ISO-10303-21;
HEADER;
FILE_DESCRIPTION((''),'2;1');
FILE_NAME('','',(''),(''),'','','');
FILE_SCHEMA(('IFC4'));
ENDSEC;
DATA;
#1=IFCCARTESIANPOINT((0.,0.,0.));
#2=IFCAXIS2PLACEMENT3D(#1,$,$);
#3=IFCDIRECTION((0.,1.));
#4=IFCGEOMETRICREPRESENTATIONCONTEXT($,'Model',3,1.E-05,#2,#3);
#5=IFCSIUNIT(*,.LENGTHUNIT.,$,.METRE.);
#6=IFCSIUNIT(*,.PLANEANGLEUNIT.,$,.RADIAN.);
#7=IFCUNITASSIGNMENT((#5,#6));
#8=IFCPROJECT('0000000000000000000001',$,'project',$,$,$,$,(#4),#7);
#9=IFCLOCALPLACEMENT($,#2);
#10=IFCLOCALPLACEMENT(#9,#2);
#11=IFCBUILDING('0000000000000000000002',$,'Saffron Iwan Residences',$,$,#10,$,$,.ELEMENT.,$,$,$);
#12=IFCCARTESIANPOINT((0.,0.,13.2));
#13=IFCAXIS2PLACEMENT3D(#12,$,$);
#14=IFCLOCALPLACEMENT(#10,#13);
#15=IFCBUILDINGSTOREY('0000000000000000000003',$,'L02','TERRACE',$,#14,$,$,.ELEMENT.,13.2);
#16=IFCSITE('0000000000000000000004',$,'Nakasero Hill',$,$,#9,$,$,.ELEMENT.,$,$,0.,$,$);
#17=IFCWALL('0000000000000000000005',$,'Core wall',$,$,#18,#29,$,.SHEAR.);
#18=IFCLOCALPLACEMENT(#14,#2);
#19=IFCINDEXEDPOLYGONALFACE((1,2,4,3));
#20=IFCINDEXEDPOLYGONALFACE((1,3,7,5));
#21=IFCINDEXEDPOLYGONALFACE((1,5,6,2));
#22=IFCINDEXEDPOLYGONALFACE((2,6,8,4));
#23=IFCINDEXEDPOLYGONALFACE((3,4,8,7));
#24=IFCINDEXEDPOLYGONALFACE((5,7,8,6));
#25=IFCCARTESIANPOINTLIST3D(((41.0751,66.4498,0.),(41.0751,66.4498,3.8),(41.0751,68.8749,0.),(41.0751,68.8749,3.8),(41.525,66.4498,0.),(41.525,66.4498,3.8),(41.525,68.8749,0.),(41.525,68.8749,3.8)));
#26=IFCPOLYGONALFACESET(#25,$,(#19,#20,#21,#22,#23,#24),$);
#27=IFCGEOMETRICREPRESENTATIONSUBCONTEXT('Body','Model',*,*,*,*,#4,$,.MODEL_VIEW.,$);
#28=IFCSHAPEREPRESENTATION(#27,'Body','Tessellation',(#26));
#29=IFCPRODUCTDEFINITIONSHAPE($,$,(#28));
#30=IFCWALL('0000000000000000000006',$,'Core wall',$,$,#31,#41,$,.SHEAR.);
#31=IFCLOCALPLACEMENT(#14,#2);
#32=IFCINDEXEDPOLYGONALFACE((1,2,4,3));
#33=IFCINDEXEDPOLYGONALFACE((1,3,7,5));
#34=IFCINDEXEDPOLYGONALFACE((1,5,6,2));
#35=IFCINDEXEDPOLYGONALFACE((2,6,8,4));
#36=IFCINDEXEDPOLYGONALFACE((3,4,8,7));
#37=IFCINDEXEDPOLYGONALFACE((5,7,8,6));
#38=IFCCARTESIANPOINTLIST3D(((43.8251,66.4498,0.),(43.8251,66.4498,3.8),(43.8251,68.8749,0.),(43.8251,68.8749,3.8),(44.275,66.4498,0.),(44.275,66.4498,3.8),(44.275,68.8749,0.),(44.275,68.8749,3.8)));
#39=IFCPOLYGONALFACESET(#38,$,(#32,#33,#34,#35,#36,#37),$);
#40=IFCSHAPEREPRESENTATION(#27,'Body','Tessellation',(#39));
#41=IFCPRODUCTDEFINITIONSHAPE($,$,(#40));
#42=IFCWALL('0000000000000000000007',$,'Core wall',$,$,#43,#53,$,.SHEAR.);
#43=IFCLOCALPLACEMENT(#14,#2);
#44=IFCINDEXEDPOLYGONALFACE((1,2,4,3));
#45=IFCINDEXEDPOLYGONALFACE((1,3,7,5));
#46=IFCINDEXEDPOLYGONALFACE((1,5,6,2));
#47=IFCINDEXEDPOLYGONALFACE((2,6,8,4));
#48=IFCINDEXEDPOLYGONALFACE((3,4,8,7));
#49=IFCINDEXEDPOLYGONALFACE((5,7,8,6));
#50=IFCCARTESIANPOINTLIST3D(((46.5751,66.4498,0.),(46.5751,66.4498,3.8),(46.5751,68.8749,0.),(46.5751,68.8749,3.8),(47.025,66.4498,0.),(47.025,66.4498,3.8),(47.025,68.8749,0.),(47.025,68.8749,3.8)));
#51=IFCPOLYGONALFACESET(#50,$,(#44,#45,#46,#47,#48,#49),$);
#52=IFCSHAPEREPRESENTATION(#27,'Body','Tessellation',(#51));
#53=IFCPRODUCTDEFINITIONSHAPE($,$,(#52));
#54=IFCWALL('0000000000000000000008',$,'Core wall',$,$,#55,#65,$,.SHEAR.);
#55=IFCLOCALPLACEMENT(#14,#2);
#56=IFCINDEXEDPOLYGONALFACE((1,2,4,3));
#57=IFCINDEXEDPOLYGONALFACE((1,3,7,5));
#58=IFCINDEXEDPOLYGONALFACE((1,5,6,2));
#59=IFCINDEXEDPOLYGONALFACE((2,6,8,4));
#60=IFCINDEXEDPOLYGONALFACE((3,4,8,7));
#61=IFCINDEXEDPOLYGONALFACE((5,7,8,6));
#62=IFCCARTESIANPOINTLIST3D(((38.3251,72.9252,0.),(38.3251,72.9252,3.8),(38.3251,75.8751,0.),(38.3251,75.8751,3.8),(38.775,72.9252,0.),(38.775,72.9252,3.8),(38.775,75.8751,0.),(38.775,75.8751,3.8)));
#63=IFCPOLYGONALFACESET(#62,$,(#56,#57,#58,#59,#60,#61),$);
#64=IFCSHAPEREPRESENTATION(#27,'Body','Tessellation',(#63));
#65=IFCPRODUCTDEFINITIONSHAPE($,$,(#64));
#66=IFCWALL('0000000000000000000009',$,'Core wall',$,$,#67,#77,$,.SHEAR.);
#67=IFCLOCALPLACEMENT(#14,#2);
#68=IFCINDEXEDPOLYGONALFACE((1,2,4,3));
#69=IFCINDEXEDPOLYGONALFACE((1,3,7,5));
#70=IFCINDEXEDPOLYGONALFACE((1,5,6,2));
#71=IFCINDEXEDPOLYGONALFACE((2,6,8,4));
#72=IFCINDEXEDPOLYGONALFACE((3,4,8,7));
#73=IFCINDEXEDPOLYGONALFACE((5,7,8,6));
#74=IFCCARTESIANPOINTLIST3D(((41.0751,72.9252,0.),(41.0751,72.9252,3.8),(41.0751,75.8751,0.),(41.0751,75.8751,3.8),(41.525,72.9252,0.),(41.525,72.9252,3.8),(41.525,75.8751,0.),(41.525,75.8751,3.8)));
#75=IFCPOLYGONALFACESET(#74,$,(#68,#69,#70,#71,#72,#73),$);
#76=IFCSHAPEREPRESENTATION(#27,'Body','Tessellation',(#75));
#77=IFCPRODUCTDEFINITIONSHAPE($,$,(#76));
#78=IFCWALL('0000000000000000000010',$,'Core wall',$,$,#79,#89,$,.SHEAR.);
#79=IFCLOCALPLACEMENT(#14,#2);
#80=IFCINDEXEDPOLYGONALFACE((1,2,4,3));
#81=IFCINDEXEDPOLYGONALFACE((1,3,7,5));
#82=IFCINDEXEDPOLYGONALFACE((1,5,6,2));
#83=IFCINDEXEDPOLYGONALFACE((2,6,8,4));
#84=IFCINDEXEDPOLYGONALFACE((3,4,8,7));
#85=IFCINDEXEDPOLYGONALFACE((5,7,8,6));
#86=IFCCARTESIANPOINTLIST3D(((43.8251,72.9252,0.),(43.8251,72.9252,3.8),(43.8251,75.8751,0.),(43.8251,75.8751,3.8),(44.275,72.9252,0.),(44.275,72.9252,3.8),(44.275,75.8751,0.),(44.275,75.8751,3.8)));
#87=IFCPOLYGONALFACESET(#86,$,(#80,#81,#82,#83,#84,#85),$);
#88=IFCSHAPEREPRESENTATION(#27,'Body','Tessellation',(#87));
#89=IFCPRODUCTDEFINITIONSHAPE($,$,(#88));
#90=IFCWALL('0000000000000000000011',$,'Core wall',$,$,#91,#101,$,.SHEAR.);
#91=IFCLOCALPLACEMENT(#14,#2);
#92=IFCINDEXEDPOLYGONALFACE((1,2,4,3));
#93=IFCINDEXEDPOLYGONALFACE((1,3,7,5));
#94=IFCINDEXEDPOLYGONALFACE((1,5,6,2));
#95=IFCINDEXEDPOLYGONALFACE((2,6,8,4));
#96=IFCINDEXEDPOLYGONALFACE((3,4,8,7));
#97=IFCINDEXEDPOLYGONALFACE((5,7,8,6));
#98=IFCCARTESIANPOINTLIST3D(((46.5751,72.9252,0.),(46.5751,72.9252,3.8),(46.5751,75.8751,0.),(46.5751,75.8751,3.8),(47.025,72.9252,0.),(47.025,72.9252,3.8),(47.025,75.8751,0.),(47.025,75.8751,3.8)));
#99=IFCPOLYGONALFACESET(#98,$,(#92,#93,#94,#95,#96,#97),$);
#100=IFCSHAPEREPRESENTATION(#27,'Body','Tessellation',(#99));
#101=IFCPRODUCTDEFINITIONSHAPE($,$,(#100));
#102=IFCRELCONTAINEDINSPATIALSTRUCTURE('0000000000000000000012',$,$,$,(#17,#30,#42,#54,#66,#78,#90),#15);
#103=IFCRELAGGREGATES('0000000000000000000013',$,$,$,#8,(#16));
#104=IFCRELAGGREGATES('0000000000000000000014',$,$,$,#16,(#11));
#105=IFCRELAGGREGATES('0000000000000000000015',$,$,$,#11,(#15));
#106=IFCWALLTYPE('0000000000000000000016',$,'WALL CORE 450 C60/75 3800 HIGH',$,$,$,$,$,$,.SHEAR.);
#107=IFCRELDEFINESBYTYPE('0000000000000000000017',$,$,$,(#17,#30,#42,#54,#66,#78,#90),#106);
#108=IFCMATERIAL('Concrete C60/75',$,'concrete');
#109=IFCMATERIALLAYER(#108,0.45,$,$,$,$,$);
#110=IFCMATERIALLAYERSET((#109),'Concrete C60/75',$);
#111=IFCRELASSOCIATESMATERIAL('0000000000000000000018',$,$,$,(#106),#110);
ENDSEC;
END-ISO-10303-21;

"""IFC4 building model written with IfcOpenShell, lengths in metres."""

from ifc_helpers import new_model, si_unit, direction, frame, frame_2d, origin, place, context, subcontext, project, spatial, rectangle, extrude, material, layer, layer_set, type_object, element, save


model = new_model("IFC4")

# Units and contexts
model_context = context("Model", 3, precision=1e-05, world=origin(), true_north=direction((0.0, 1.0)))
body_context = subcontext(model_context, "Body", "Model", "MODEL_VIEW")
ifc_project = project(units=[si_unit("LENGTHUNIT", "METRE"), si_unit("PLANEANGLEUNIT", "RADIAN")], contexts=[model_context])

# Site, building, storey
site_placement = place(None, origin())
site = spatial("IfcSite", under=ifc_project, at=site_placement, Name="Nakasero Hill", CompositionType="ELEMENT", RefElevation=0.0)
building_placement = place(site_placement, origin())
building = spatial("IfcBuilding", under=site, at=building_placement, Name="Saffron Iwan Residences", CompositionType="ELEMENT")
storey_placement = place(building_placement, frame((0.0, 0.0, 13.2)))
storey = spatial("IfcBuildingStorey", under=building, at=storey_placement, Name="L02", Description="TERRACE", CompositionType="ELEMENT", Elevation=13.2)

# Walls
ifc_material = material(Name="Concrete C60/75", Category="concrete")
ifc_layer = layer(ifc_material, 0.45)
ifc_layer_set = layer_set([ifc_layer], Name="Concrete C60/75")
wall_type = type_object("IfcWallType", Name="WALL CORE 450 C60/75 3800 HIGH", PredefinedType="SHEAR", material=ifc_layer_set)
for number, where, z_axis, x_axis, name in (
    (1, (41.3, 66.45, 0.0), (0.0, 0.0, 1.0), (0.0, 1.0, 0.0), "Core wall"),
    (2, (44.05, 66.45, 0.0), (0.0, 0.0, 1.0), (0.0, 1.0, 0.0), "Core wall"),
    (3, (46.8, 66.45, 0.0), (0.0, 0.0, 1.0), (0.0, 1.0, 0.0), "Core wall"),
):
    element("IfcWall", number, at=place(storey_placement, frame(where, z_axis=z_axis, x_axis=x_axis)), inside=storey, type_object=wall_type, Name=name, PredefinedType="SHEAR", context=body_context, shape_type="SweptSolid", body=[
        extrude(rectangle(XDim=2.425, YDim=0.45, at=frame_2d((1.2124, 0.0))), origin(), (0.0, 0.0, 1.0), 3.8),
    ])
for number, where, z_axis, x_axis, name in (
    (4, (38.55, 72.925, 0.0), (0.0, 0.0, 1.0), (0.0, 1.0, 0.0), "Core wall"),
    (5, (41.3, 72.925, 0.0), (0.0, 0.0, 1.0), (0.0, 1.0, 0.0), "Core wall"),
    (6, (44.05, 72.925, 0.0), (0.0, 0.0, 1.0), (0.0, 1.0, 0.0), "Core wall"),
    (7, (46.8, 72.925, 0.0), (0.0, 0.0, 1.0), (0.0, 1.0, 0.0), "Core wall"),
):
    element("IfcWall", number, at=place(storey_placement, frame(where, z_axis=z_axis, x_axis=x_axis)), inside=storey, type_object=wall_type, Name=name, PredefinedType="SHEAR", context=body_context, shape_type="SweptSolid", body=[
        extrude(rectangle(XDim=2.95, YDim=0.45, at=frame_2d((1.4751, 0.0))), origin(), (0.0, 0.0, 1.0), 3.8),
    ])

save(model, "model.ifc")
